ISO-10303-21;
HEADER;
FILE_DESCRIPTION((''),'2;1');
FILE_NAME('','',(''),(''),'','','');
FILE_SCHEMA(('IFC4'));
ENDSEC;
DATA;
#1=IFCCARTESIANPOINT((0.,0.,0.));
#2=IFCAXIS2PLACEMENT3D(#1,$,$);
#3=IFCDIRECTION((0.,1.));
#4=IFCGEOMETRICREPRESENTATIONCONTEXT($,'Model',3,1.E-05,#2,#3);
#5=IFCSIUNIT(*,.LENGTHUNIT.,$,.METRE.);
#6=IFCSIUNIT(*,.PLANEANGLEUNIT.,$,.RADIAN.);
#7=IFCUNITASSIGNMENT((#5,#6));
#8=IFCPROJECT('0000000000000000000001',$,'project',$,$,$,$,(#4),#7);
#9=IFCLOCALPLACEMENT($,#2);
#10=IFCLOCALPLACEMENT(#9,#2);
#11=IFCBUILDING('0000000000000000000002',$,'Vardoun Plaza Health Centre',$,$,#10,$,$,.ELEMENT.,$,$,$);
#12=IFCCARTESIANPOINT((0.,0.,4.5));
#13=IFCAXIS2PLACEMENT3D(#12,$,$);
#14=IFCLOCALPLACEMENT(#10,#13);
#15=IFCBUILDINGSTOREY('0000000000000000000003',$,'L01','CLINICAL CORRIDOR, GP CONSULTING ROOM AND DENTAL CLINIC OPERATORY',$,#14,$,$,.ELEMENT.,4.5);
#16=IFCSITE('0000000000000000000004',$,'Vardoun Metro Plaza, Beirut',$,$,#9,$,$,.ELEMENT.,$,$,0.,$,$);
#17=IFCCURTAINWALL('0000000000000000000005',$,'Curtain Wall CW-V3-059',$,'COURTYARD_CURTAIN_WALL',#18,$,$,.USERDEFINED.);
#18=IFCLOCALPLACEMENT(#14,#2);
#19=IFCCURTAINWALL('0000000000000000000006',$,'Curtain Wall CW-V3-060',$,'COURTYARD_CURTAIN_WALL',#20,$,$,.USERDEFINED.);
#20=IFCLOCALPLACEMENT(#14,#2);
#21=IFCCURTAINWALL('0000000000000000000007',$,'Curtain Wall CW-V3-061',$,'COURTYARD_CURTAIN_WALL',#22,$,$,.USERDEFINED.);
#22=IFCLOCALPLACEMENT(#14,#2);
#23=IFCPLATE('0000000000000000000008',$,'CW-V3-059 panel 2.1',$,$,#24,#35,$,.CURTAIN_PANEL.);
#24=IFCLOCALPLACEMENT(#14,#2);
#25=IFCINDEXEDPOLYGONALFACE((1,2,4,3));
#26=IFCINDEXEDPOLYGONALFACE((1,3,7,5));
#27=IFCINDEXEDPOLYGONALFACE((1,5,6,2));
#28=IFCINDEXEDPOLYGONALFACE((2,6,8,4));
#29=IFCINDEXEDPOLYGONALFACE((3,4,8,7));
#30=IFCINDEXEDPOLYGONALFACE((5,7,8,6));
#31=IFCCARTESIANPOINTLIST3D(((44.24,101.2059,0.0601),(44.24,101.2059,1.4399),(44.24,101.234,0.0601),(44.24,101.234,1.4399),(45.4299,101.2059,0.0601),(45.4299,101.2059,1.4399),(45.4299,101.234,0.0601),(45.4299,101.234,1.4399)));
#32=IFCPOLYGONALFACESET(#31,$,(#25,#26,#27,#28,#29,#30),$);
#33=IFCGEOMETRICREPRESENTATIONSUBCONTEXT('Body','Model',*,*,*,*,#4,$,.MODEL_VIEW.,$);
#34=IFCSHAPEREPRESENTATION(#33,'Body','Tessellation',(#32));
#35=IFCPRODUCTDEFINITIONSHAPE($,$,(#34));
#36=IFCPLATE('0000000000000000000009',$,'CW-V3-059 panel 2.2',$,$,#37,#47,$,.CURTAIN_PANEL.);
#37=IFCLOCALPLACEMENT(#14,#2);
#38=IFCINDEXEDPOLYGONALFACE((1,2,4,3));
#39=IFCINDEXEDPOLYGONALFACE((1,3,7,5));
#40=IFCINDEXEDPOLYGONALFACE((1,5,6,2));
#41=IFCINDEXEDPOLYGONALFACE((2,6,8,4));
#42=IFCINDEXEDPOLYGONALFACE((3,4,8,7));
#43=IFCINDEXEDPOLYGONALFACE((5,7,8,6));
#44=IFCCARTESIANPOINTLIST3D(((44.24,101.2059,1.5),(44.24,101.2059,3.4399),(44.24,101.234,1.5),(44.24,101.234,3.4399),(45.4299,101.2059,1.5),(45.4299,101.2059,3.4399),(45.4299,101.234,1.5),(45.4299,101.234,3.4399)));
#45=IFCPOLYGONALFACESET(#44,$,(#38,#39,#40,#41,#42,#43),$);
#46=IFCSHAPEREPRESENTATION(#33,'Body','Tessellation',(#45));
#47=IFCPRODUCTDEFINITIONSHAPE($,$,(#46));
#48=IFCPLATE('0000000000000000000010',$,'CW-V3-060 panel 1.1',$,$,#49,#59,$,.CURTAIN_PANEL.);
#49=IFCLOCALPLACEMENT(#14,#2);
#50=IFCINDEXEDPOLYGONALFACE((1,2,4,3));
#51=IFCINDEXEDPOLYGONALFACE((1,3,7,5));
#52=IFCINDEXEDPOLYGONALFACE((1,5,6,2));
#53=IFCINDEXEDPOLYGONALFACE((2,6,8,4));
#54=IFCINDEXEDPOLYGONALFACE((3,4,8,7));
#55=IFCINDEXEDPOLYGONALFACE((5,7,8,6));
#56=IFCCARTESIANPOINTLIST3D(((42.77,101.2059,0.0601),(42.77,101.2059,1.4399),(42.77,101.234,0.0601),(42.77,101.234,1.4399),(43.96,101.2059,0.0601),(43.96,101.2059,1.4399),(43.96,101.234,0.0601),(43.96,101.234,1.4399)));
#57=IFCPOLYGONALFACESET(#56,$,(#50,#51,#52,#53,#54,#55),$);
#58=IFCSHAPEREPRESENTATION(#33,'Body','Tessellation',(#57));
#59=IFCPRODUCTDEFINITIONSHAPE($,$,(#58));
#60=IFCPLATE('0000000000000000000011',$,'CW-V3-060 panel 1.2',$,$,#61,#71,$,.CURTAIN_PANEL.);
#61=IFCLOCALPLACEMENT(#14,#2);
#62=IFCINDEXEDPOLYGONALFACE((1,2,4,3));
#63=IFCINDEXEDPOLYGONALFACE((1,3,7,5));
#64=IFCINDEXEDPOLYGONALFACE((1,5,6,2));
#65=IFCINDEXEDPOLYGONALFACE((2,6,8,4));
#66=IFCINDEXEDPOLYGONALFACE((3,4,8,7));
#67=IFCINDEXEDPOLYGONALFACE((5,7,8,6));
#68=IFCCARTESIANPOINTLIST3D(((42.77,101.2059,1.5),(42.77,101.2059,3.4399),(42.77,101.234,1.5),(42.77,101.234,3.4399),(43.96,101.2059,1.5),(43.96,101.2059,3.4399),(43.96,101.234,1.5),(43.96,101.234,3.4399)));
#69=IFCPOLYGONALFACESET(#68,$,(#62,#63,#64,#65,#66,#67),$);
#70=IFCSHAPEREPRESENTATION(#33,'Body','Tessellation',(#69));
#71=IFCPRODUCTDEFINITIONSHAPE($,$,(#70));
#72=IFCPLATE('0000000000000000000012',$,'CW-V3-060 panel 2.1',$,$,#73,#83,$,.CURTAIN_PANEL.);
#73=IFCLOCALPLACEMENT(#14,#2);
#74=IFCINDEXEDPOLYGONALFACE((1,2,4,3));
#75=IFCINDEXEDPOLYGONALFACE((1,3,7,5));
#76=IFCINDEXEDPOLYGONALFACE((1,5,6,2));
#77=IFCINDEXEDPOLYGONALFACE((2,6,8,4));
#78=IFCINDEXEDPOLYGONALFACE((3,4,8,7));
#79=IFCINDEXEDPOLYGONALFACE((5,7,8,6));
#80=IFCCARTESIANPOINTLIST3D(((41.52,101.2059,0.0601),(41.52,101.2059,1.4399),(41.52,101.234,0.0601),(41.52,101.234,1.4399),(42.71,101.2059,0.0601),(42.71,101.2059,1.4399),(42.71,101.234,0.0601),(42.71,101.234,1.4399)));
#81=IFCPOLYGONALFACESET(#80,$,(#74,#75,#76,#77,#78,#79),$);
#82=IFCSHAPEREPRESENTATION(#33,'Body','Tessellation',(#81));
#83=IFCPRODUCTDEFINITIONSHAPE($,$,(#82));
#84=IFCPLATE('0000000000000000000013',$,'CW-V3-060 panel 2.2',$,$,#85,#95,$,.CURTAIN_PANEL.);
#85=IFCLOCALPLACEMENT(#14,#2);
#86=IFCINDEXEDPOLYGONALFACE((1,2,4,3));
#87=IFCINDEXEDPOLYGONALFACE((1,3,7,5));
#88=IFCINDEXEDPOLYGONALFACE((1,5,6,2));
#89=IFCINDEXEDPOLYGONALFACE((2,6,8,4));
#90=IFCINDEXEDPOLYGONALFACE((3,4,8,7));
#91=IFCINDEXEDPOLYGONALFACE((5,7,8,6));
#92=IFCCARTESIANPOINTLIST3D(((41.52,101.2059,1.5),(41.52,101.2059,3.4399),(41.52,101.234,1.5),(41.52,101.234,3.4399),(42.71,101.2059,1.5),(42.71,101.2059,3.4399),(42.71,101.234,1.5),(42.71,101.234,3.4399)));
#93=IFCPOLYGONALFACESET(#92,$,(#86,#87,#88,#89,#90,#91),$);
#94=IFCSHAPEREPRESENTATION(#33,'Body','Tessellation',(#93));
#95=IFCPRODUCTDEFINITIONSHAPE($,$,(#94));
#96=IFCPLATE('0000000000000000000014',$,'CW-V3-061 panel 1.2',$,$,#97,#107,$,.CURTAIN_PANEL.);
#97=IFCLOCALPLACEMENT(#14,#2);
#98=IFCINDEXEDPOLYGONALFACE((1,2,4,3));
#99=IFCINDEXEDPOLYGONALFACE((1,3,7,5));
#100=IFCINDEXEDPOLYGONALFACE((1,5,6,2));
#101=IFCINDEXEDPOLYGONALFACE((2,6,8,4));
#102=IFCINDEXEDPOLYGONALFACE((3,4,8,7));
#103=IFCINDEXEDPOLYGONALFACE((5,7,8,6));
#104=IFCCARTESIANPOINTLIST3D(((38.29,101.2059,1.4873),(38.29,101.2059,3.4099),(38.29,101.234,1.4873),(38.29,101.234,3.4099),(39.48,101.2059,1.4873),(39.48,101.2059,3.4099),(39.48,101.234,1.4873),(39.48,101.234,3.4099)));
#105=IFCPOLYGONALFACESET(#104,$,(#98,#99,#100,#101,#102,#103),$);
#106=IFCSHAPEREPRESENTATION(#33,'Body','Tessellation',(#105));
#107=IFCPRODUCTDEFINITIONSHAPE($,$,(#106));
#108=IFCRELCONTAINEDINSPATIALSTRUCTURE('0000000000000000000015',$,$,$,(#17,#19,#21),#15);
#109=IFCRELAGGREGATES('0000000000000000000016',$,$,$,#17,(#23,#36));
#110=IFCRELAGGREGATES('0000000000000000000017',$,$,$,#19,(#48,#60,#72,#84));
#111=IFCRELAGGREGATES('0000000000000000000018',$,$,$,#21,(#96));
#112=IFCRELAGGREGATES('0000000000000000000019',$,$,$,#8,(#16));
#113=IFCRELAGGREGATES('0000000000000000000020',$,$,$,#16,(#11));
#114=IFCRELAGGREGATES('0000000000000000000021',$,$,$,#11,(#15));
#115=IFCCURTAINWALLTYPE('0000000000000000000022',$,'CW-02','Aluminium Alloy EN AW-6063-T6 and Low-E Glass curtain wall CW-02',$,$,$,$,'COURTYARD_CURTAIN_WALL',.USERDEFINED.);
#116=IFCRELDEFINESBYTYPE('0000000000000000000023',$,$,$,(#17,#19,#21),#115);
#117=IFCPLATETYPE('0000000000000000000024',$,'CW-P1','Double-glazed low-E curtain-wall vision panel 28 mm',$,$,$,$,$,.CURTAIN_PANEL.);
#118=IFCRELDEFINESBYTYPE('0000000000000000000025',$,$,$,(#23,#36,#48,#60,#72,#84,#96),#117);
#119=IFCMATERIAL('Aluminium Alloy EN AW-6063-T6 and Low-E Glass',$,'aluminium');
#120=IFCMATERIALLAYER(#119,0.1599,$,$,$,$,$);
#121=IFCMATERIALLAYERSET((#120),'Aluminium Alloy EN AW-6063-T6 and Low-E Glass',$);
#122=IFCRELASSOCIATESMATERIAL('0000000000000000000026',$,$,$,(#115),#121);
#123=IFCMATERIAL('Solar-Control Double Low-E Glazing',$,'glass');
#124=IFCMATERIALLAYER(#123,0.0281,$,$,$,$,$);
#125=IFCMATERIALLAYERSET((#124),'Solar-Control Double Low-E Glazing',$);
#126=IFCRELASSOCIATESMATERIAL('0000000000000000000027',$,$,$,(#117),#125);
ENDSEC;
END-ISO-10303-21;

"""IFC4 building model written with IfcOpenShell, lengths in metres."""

from ifc_helpers import new_model, si_unit, direction, frame, origin, origin_2d, place, context, subcontext, project, spatial, rectangle, extrude, material, layer, layer_set, type_object, element, aggregate, save


model = new_model("IFC4")

# Units and contexts
model_context = context("Model", 3, precision=1e-05, world=origin(), true_north=direction((0.0, 1.0)))
body_context = subcontext(model_context, "Body", "Model", "MODEL_VIEW")
ifc_project = project(units=[si_unit("LENGTHUNIT", "METRE"), si_unit("PLANEANGLEUNIT", "RADIAN")], contexts=[model_context])

# Site, building, storey
site_placement = place(None, origin())
site = spatial("IfcSite", under=ifc_project, at=site_placement, Name="Vardoun Metro Plaza, Beirut", CompositionType="ELEMENT", RefElevation=0.0)
building_placement = place(site_placement, origin())
building = spatial("IfcBuilding", under=site, at=building_placement, Name="Vardoun Plaza Health Centre", CompositionType="ELEMENT")
storey_placement = place(building_placement, frame((0.0, 0.0, 4.5)))
storey = spatial("IfcBuildingStorey", under=building, at=storey_placement, Name="L01", Description="CLINICAL CORRIDOR, GP CONSULTING ROOM AND DENTAL CLINIC OPERATORY", CompositionType="ELEMENT", Elevation=4.5)

# Curtain wall
ifc_material_1 = material(Name="Aluminium Alloy EN AW-6063-T6 and Low-E Glass", Category="aluminium")
ifc_layer_1 = layer(ifc_material_1, 0.1599)
ifc_layer_set_1 = layer_set([ifc_layer_1], Name="Aluminium Alloy EN AW-6063-T6 and Low-E Glass")
curtain_wall_type = type_object("IfcCurtainWallType", Name="CW-02", Description="Aluminium Alloy EN AW-6063-T6 and Low-E Glass curtain wall CW-02", ElementType="COURTYARD_CURTAIN_WALL", PredefinedType="USERDEFINED", material=ifc_layer_set_1)
curtain_wall_1_placement = place(storey_placement, origin())
curtain_wall_1 = element("IfcCurtainWall", 1, at=curtain_wall_1_placement, inside=storey, type_object=curtain_wall_type, Name="Curtain Wall CW-V3-059", ObjectType="COURTYARD_CURTAIN_WALL", PredefinedType="USERDEFINED")

# Curtain wall
curtain_wall_2_placement = place(storey_placement, origin())
curtain_wall_2 = element("IfcCurtainWall", 2, at=curtain_wall_2_placement, inside=storey, type_object=curtain_wall_type, Name="Curtain Wall CW-V3-060", ObjectType="COURTYARD_CURTAIN_WALL", PredefinedType="USERDEFINED")

# Curtain wall
curtain_wall_3_placement = place(storey_placement, origin())
curtain_wall_3 = element("IfcCurtainWall", 3, at=curtain_wall_3_placement, inside=storey, type_object=curtain_wall_type, Name="Curtain Wall CW-V3-061", ObjectType="COURTYARD_CURTAIN_WALL", PredefinedType="USERDEFINED")

# Plates
ifc_material_2 = material(Name="Solar-Control Double Low-E Glazing", Category="glass")
ifc_layer_2 = layer(ifc_material_2, 0.0281)
ifc_layer_set_2 = layer_set([ifc_layer_2], Name="Solar-Control Double Low-E Glazing")
plate_type = type_object("IfcPlateType", Name="CW-P1", Description="Double-glazed low-E curtain-wall vision panel 28 mm", PredefinedType="CURTAIN_PANEL", material=ifc_layer_set_2)
plate_1_placement = place(storey_placement, frame((44.835, 101.22, 0.0601), z_axis=(0.0, 0.0, 1.0), x_axis=(-1.0, 0.0, 0.0)))
plate_1 = element("IfcPlate", 4, at=plate_1_placement, type_object=plate_type, Name="CW-V3-059 panel 2.1", PredefinedType="CURTAIN_PANEL", context=body_context, shape_type="SweptSolid", body=[
    extrude(rectangle(XDim=1.1899, YDim=0.0281, at=origin_2d()), origin(), (0.0, 0.0, 1.0), 1.3799),
])
plate_2_placement = place(storey_placement, frame((44.835, 101.22, 1.5), z_axis=(0.0, 0.0, 1.0), x_axis=(-1.0, 0.0, 0.0)))
plate_2 = element("IfcPlate", 5, at=plate_2_placement, type_object=plate_type, Name="CW-V3-059 panel 2.2", PredefinedType="CURTAIN_PANEL", context=body_context, shape_type="SweptSolid", body=[
    extrude(rectangle(XDim=1.1899, YDim=0.0281, at=origin_2d()), origin(), (0.0, 0.0, 1.0), 1.9399),
])
aggregate(curtain_wall_1, [plate_1, plate_2])
plate_3_placement = place(storey_placement, frame((43.365, 101.22, 0.0601), z_axis=(0.0, 0.0, 1.0), x_axis=(-1.0, 0.0, 0.0)))
plate_3 = element("IfcPlate", 6, at=plate_3_placement, type_object=plate_type, Name="CW-V3-060 panel 1.1", PredefinedType="CURTAIN_PANEL", context=body_context, shape_type="SweptSolid", body=[
    extrude(rectangle(XDim=1.1899, YDim=0.0281, at=origin_2d()), origin(), (0.0, 0.0, 1.0), 1.3799),
])
plate_4_placement = place(storey_placement, frame((43.365, 101.22, 1.5), z_axis=(0.0, 0.0, 1.0), x_axis=(-1.0, 0.0, 0.0)))
plate_4 = element("IfcPlate", 7, at=plate_4_placement, type_object=plate_type, Name="CW-V3-060 panel 1.2", PredefinedType="CURTAIN_PANEL", context=body_context, shape_type="SweptSolid", body=[
    extrude(rectangle(XDim=1.1899, YDim=0.0281, at=origin_2d()), origin(), (0.0, 0.0, 1.0), 1.9399),
])
plate_5_placement = place(storey_placement, frame((42.115, 101.22, 0.0601), z_axis=(0.0, 0.0, 1.0), x_axis=(-1.0, 0.0, 0.0)))
plate_5 = element("IfcPlate", 8, at=plate_5_placement, type_object=plate_type, Name="CW-V3-060 panel 2.1", PredefinedType="CURTAIN_PANEL", context=body_context, shape_type="SweptSolid", body=[
    extrude(rectangle(XDim=1.1899, YDim=0.0281, at=origin_2d()), origin(), (0.0, 0.0, 1.0), 1.3799),
])
plate_6_placement = place(storey_placement, frame((42.115, 101.22, 1.5), z_axis=(0.0, 0.0, 1.0), x_axis=(-1.0, 0.0, 0.0)))
plate_6 = element("IfcPlate", 9, at=plate_6_placement, type_object=plate_type, Name="CW-V3-060 panel 2.2", PredefinedType="CURTAIN_PANEL", context=body_context, shape_type="SweptSolid", body=[
    extrude(rectangle(XDim=1.1899, YDim=0.0281, at=origin_2d()), origin(), (0.0, 0.0, 1.0), 1.9399),
])
aggregate(curtain_wall_2, [plate_3, plate_4, plate_5, plate_6])
plate_7_placement = place(storey_placement, frame((38.885, 101.22, 1.4873), z_axis=(0.0, 0.0, 1.0), x_axis=(-1.0, 0.0, 0.0)))
plate_7 = element("IfcPlate", 10, at=plate_7_placement, type_object=plate_type, Name="CW-V3-061 panel 1.2", PredefinedType="CURTAIN_PANEL", context=body_context, shape_type="SweptSolid", body=[
    extrude(rectangle(XDim=1.1899, YDim=0.0281, at=origin_2d()), origin(), (0.0, 0.0, 1.0), 1.9226),
])
aggregate(curtain_wall_3, [plate_7])

save(model, "model.ifc")
